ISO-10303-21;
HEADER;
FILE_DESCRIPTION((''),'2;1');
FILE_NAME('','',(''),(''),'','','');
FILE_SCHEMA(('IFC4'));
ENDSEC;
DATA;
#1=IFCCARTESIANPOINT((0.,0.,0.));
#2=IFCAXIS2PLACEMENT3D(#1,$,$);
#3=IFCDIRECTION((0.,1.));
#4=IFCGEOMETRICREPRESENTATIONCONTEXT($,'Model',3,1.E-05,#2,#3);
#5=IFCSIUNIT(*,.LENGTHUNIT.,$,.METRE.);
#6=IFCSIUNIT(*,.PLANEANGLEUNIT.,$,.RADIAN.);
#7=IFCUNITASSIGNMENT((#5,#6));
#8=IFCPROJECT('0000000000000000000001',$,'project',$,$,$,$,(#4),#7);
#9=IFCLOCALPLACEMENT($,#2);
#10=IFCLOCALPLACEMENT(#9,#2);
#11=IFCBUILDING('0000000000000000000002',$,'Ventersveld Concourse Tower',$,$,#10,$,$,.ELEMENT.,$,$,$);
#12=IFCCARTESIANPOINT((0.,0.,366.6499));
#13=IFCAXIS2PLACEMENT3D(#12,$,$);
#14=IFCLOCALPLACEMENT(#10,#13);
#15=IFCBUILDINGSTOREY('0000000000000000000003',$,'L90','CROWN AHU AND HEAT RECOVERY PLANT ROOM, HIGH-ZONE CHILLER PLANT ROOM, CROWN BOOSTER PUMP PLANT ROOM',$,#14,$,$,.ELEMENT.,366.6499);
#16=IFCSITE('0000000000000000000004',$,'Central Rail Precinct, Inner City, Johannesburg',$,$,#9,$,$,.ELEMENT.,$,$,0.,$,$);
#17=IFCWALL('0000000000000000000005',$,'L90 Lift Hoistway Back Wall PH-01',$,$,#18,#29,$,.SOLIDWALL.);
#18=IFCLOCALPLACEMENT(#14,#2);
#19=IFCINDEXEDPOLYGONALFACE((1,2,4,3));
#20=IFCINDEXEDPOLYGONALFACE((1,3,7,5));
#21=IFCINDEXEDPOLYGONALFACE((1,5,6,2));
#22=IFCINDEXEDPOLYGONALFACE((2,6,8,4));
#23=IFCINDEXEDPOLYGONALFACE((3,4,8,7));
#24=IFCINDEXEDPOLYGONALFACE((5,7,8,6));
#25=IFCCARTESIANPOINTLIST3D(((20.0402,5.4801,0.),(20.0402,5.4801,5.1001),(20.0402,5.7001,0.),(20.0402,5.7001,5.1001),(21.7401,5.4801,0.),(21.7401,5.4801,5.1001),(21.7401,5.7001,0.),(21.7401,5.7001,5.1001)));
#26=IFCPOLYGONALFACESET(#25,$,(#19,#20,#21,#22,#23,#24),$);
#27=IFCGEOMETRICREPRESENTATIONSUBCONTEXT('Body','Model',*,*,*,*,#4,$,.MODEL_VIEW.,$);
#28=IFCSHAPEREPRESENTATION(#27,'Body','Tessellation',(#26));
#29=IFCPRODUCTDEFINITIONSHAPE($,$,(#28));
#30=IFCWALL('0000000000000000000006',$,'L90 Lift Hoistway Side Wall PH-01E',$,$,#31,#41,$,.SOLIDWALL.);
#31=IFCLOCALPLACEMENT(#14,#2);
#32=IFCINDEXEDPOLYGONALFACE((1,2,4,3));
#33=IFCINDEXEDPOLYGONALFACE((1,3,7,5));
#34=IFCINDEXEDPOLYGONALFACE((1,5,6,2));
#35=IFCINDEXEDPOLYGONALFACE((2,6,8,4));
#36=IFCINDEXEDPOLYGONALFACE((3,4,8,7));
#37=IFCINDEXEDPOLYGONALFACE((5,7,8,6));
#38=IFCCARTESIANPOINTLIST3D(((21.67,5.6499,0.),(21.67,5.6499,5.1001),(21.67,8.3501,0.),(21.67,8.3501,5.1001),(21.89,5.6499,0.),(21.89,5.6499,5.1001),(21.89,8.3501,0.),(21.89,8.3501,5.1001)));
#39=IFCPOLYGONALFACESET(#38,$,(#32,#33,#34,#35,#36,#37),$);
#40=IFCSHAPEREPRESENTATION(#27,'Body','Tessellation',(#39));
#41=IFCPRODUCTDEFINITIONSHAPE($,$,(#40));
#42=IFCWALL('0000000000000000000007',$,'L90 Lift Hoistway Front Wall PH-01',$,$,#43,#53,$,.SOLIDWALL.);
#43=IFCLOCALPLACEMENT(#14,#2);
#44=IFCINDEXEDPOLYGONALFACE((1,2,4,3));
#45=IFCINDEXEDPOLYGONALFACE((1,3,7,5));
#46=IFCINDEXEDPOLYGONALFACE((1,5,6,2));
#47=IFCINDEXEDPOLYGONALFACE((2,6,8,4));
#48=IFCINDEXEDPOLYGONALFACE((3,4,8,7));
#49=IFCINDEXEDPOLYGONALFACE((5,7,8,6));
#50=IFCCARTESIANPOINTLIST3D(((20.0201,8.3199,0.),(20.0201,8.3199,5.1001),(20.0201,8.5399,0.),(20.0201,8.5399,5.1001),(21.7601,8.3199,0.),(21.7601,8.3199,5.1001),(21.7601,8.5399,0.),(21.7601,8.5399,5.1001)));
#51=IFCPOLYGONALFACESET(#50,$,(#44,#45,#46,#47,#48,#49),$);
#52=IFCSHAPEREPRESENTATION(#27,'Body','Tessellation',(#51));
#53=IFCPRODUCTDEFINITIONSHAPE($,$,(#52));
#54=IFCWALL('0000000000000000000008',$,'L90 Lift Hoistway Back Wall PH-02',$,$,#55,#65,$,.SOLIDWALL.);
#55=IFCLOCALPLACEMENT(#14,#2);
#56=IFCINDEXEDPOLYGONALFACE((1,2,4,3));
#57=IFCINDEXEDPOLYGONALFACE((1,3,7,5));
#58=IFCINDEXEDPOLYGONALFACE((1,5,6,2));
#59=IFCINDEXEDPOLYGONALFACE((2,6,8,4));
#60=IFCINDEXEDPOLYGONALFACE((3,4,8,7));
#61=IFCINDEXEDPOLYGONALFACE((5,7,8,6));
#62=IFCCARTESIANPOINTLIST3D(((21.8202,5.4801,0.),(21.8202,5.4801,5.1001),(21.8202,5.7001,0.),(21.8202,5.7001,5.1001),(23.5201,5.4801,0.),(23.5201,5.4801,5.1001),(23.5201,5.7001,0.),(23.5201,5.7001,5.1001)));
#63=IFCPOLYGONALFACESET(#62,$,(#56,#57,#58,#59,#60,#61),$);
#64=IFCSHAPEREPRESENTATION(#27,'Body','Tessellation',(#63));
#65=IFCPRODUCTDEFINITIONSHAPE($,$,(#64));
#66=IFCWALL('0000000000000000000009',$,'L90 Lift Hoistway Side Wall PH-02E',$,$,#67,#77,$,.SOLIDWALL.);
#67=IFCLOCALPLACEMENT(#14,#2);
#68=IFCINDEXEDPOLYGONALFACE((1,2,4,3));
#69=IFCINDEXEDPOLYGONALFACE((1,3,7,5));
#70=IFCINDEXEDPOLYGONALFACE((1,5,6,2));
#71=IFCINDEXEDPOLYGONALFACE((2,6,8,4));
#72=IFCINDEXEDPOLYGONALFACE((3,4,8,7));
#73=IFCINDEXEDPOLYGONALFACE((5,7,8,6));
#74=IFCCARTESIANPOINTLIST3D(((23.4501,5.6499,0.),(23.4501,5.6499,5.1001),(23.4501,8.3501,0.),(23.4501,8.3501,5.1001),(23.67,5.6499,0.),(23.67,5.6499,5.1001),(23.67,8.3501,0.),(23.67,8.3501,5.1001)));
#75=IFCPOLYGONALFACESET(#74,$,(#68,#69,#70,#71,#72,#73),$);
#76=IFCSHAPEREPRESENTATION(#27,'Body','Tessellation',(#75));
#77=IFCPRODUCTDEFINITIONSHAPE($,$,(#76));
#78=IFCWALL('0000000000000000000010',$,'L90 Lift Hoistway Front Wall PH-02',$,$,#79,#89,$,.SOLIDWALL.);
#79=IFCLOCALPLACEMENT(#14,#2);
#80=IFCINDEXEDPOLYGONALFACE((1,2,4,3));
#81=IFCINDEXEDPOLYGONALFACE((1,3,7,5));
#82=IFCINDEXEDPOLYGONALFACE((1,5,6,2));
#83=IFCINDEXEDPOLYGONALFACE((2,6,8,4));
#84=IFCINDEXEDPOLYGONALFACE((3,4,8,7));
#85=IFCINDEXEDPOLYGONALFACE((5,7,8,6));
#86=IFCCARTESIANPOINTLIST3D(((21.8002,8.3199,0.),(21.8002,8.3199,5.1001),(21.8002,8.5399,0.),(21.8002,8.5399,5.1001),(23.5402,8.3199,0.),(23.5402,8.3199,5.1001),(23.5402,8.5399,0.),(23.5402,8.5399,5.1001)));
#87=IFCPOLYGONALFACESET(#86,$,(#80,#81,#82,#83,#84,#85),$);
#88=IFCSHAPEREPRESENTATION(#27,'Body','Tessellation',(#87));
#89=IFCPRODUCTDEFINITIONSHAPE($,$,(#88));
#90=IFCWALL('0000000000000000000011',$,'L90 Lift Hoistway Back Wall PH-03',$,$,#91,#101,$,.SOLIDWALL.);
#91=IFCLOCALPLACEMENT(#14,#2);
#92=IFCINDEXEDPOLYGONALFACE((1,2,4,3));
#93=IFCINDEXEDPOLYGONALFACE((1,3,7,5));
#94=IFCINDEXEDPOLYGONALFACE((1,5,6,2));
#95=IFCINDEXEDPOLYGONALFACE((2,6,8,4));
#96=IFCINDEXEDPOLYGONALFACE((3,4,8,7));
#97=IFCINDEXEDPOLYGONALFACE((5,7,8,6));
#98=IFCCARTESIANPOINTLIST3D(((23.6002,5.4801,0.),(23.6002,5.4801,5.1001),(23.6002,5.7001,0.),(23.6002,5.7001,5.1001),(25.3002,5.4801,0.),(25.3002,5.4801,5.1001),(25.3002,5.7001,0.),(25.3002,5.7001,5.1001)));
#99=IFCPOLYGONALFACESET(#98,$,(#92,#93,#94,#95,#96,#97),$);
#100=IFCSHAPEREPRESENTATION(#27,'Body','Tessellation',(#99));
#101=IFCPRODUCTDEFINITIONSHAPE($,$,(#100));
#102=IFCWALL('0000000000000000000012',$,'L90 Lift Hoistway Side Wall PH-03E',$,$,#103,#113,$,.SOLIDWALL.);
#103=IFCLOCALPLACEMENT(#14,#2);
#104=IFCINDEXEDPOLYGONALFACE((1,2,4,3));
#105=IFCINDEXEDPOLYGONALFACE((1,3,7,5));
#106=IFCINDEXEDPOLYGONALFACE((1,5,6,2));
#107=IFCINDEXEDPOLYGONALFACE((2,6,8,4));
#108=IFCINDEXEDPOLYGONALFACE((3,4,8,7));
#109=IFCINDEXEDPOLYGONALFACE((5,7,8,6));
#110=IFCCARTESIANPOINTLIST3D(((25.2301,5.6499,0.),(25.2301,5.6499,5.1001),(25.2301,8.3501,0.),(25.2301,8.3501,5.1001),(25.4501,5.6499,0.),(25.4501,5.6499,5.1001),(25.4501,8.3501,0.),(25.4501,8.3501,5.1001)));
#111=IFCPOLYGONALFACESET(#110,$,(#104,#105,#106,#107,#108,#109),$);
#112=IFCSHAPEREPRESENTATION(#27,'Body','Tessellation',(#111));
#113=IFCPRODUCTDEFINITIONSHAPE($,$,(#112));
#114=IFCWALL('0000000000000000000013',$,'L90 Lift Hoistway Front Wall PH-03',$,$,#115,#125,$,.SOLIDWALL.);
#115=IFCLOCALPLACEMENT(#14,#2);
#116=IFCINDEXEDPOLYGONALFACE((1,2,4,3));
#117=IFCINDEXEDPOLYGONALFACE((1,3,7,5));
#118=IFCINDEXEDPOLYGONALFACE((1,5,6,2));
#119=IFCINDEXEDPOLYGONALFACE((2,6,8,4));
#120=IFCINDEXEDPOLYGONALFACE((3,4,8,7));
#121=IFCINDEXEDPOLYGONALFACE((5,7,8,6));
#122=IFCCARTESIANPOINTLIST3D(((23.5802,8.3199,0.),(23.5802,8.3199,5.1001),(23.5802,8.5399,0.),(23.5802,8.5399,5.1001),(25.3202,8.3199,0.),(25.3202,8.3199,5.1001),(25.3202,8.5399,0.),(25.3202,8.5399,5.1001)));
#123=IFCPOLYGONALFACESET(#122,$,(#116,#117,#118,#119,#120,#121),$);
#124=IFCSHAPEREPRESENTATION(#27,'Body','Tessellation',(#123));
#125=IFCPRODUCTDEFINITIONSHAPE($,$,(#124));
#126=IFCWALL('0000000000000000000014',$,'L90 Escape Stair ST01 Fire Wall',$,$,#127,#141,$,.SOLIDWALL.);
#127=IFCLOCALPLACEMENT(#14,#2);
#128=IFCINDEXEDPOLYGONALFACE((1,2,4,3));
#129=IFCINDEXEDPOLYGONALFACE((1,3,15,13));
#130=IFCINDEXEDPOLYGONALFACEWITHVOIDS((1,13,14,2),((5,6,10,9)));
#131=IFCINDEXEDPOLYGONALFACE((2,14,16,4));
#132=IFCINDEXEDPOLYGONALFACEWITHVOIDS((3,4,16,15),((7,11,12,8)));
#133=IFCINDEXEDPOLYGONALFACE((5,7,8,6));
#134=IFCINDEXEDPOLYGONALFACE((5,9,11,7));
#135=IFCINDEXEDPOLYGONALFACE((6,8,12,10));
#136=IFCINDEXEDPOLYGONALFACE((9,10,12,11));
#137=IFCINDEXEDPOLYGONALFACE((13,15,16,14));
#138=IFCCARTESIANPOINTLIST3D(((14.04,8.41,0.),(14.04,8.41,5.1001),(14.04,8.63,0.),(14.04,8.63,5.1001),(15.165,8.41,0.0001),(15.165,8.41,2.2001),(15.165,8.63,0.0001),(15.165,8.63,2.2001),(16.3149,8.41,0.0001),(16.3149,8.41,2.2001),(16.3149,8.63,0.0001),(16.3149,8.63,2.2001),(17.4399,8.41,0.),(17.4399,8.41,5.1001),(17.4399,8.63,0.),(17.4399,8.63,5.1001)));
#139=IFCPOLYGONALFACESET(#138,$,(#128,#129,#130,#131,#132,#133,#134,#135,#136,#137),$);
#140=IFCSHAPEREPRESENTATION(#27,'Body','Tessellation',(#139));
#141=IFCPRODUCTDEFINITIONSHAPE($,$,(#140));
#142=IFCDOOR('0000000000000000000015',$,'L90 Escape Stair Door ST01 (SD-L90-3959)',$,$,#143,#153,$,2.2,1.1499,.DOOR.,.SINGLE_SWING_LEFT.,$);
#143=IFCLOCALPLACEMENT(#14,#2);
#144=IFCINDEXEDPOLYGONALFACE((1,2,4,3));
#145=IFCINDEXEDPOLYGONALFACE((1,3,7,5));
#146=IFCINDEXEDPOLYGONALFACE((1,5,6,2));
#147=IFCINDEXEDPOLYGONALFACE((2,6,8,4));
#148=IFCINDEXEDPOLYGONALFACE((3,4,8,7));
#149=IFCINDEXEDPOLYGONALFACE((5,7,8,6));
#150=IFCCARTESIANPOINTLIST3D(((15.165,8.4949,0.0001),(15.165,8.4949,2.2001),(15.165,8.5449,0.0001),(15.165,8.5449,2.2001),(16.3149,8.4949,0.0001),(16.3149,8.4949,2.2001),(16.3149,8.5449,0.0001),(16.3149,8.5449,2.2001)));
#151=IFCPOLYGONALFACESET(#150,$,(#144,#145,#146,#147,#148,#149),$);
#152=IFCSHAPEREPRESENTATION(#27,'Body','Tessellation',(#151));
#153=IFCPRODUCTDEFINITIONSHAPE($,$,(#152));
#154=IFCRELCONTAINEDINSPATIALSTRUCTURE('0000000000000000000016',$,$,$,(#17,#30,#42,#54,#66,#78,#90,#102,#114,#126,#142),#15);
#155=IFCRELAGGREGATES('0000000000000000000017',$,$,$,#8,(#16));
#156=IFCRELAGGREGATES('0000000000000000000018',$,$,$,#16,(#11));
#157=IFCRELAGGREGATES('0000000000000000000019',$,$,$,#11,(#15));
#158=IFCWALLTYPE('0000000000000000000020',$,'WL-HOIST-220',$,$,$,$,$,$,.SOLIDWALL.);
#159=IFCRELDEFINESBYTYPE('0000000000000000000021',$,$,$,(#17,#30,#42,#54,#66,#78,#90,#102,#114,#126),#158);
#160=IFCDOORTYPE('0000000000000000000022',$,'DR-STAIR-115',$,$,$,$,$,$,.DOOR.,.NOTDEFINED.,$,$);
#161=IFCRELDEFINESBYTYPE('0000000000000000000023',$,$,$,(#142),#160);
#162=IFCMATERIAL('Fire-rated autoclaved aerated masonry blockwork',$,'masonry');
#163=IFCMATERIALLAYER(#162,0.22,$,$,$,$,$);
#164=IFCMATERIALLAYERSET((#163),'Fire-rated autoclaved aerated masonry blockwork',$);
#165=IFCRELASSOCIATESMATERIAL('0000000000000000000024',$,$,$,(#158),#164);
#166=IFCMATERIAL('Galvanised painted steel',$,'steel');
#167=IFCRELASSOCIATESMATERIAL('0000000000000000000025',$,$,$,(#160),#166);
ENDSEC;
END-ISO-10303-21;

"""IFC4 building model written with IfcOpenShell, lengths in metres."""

from ifc_helpers import new_model, si_unit, direction, frame, frame_2d, origin, place, context, subcontext, project, spatial, rectangle, extrude, material, layer, layer_set, type_object, element, fill, save


model = new_model("IFC4")

# Units and contexts
model_context = context("Model", 3, precision=1e-05, world=origin(), true_north=direction((0.0, 1.0)))
body_context = subcontext(model_context, "Body", "Model", "MODEL_VIEW")
ifc_project = project(units=[si_unit("LENGTHUNIT", "METRE"), si_unit("PLANEANGLEUNIT", "RADIAN")], contexts=[model_context])

# Site, building, storey
site_placement = place(None, origin())
site = spatial("IfcSite", under=ifc_project, at=site_placement, Name="Central Rail Precinct, Inner City, Johannesburg", CompositionType="ELEMENT", RefElevation=0.0)
building_placement = place(site_placement, origin())
building = spatial("IfcBuilding", under=site, at=building_placement, Name="Ventersveld Concourse Tower", CompositionType="ELEMENT")
storey_placement = place(building_placement, frame((0.0, 0.0, 366.6499)))
storey = spatial("IfcBuildingStorey", under=building, at=storey_placement, Name="L90", Description="CROWN AHU AND HEAT RECOVERY PLANT ROOM, HIGH-ZONE CHILLER PLANT ROOM, CROWN BOOSTER PUMP PLANT ROOM", CompositionType="ELEMENT", Elevation=366.6499)

# Shared definitions
ifc_material_1 = material(Name="Fire-rated autoclaved aerated masonry blockwork", Category="masonry")
ifc_layer_1 = layer(ifc_material_1, 0.22)
ifc_layer_set_1 = layer_set([ifc_layer_1], Name="Fire-rated autoclaved aerated masonry blockwork")
wall_type_1 = type_object("IfcWallType", Name="WL-HOIST-220", PredefinedType="SOLIDWALL", material=ifc_layer_set_1)

# Walls
wall_1_placement = place(storey_placement, frame((20.04, 5.5901, 0.0), z_axis=(0.0, 0.0, 1.0), x_axis=(1.0, 0.0, 0.0)))
element("IfcWall", 1, at=wall_1_placement, inside=storey, type_object=wall_type_1, Name="L90 Lift Hoistway Back Wall PH-01", PredefinedType="SOLIDWALL", context=body_context, shape_type="SweptSolid", body=[
    extrude(rectangle(XDim=1.7, YDim=0.22, at=frame_2d((0.8501, 0.0))), origin(), (0.0, 0.0, 1.0), 5.1001),
])
wall_2_placement = place(storey_placement, frame((21.78, 5.6499, 0.0), z_axis=(0.0, 0.0, 1.0), x_axis=(0.0, 1.0, 0.0)))
element("IfcWall", 2, at=wall_2_placement, inside=storey, type_object=wall_type_1, Name="L90 Lift Hoistway Side Wall PH-01E", PredefinedType="SOLIDWALL", context=body_context, shape_type="SweptSolid", body=[
    extrude(rectangle(XDim=2.7002, YDim=0.22, at=frame_2d((1.3501, 0.0))), origin(), (0.0, 0.0, 1.0), 5.1001),
])
wall_3_placement = place(storey_placement, frame((20.02, 8.4299, 0.0), z_axis=(0.0, 0.0, 1.0), x_axis=(1.0, 0.0, 0.0)))
element("IfcWall", 3, at=wall_3_placement, inside=storey, type_object=wall_type_1, Name="L90 Lift Hoistway Front Wall PH-01", PredefinedType="SOLIDWALL", context=body_context, shape_type="SweptSolid", body=[
    extrude(rectangle(XDim=1.74, YDim=0.22, at=frame_2d((0.8701, 0.0))), origin(), (0.0, 0.0, 1.0), 5.1001),
])
wall_4_placement = place(storey_placement, frame((21.8201, 5.5901, 0.0), z_axis=(0.0, 0.0, 1.0), x_axis=(1.0, 0.0, 0.0)))
element("IfcWall", 4, at=wall_4_placement, inside=storey, type_object=wall_type_1, Name="L90 Lift Hoistway Back Wall PH-02", PredefinedType="SOLIDWALL", context=body_context, shape_type="SweptSolid", body=[
    extrude(rectangle(XDim=1.7, YDim=0.22, at=frame_2d((0.8501, 0.0))), origin(), (0.0, 0.0, 1.0), 5.1001),
])
wall_5_placement = place(storey_placement, frame((23.5601, 5.6499, 0.0), z_axis=(0.0, 0.0, 1.0), x_axis=(0.0, 1.0, 0.0)))
element("IfcWall", 5, at=wall_5_placement, inside=storey, type_object=wall_type_1, Name="L90 Lift Hoistway Side Wall PH-02E", PredefinedType="SOLIDWALL", context=body_context, shape_type="SweptSolid", body=[
    extrude(rectangle(XDim=2.7002, YDim=0.22, at=frame_2d((1.3501, 0.0))), origin(), (0.0, 0.0, 1.0), 5.1001),
])
wall_6_placement = place(storey_placement, frame((21.8, 8.4299, 0.0), z_axis=(0.0, 0.0, 1.0), x_axis=(1.0, 0.0, 0.0)))
element("IfcWall", 6, at=wall_6_placement, inside=storey, type_object=wall_type_1, Name="L90 Lift Hoistway Front Wall PH-02", PredefinedType="SOLIDWALL", context=body_context, shape_type="SweptSolid", body=[
    extrude(rectangle(XDim=1.74, YDim=0.22, at=frame_2d((0.8701, 0.0))), origin(), (0.0, 0.0, 1.0), 5.1001),
])
wall_7_placement = place(storey_placement, frame((23.6001, 5.5901, 0.0), z_axis=(0.0, 0.0, 1.0), x_axis=(1.0, 0.0, 0.0)))
element("IfcWall", 7, at=wall_7_placement, inside=storey, type_object=wall_type_1, Name="L90 Lift Hoistway Back Wall PH-03", PredefinedType="SOLIDWALL", context=body_context, shape_type="SweptSolid", body=[
    extrude(rectangle(XDim=1.7, YDim=0.22, at=frame_2d((0.8501, 0.0))), origin(), (0.0, 0.0, 1.0), 5.1001),
])
wall_8_placement = place(storey_placement, frame((25.3401, 5.6499, 0.0), z_axis=(0.0, 0.0, 1.0), x_axis=(0.0, 1.0, 0.0)))
element("IfcWall", 8, at=wall_8_placement, inside=storey, type_object=wall_type_1, Name="L90 Lift Hoistway Side Wall PH-03E", PredefinedType="SOLIDWALL", context=body_context, shape_type="SweptSolid", body=[
    extrude(rectangle(XDim=2.7002, YDim=0.22, at=frame_2d((1.3501, 0.0))), origin(), (0.0, 0.0, 1.0), 5.1001),
])
wall_9_placement = place(storey_placement, frame((23.5801, 8.4299, 0.0), z_axis=(0.0, 0.0, 1.0), x_axis=(1.0, 0.0, 0.0)))
element("IfcWall", 9, at=wall_9_placement, inside=storey, type_object=wall_type_1, Name="L90 Lift Hoistway Front Wall PH-03", PredefinedType="SOLIDWALL", context=body_context, shape_type="SweptSolid", body=[
    extrude(rectangle(XDim=1.74, YDim=0.22, at=frame_2d((0.8701, 0.0))), origin(), (0.0, 0.0, 1.0), 5.1001),
])

# Wall, opening, door
wall_10_placement = place(storey_placement, frame((14.04, 8.52, 0.0), z_axis=(0.0, 0.0, 1.0), x_axis=(1.0, 0.0, 0.0)))
wall_10 = element("IfcWall", 10, at=wall_10_placement, inside=storey, type_object=wall_type_1, Name="L90 Escape Stair ST01 Fire Wall", PredefinedType="SOLIDWALL", context=body_context, shape_type="SweptSolid", body=[
    extrude(rectangle(XDim=3.3999, YDim=0.22, at=frame_2d((1.7, 0.0))), origin(), (0.0, 0.0, 1.0), 5.1001),
])
opening_1_placement = place(wall_10_placement, frame((1.125, 0.0, 0.0)))
opening_1 = element("IfcOpeningElement", 11, at=opening_1_placement, cuts=wall_10, PredefinedType="OPENING", context=body_context, shape_type="SweptSolid", body=[
    extrude(rectangle(XDim=1.1499, YDim=2.2, at=frame_2d((0.575, 1.1001))), frame((0.0, 0.1201, 0.0), z_axis=(0.0, -1.0, 0.0), x_axis=(1.0, 0.0, 0.0)), (0.0, 0.0, 1.0), 0.24),
])
ifc_material_2 = material(Name="Galvanised painted steel", Category="steel")
door_type_1 = type_object("IfcDoorType", Name="DR-STAIR-115", OperationType="NOTDEFINED", PredefinedType="DOOR", material=ifc_material_2)
door_1_placement = place(opening_1_placement, origin())
door_1 = element("IfcDoor", 12, at=door_1_placement, inside=storey, type_object=door_type_1, Name="L90 Escape Stair Door ST01 (SD-L90-3959)", OperationType="SINGLE_SWING_LEFT", OverallHeight=2.2, OverallWidth=1.1499, PredefinedType="DOOR", context=body_context, shape_type="SweptSolid", body=[
    extrude(rectangle(XDim=1.1499, YDim=2.2, at=frame_2d((0.575, 1.1001))), frame((0.0, 0.0249, 0.0), z_axis=(0.0, -1.0, 0.0), x_axis=(1.0, 0.0, 0.0)), (0.0, 0.0, 1.0), 0.05),
])
fill(opening_1, door_1)

save(model, "model.ifc")
